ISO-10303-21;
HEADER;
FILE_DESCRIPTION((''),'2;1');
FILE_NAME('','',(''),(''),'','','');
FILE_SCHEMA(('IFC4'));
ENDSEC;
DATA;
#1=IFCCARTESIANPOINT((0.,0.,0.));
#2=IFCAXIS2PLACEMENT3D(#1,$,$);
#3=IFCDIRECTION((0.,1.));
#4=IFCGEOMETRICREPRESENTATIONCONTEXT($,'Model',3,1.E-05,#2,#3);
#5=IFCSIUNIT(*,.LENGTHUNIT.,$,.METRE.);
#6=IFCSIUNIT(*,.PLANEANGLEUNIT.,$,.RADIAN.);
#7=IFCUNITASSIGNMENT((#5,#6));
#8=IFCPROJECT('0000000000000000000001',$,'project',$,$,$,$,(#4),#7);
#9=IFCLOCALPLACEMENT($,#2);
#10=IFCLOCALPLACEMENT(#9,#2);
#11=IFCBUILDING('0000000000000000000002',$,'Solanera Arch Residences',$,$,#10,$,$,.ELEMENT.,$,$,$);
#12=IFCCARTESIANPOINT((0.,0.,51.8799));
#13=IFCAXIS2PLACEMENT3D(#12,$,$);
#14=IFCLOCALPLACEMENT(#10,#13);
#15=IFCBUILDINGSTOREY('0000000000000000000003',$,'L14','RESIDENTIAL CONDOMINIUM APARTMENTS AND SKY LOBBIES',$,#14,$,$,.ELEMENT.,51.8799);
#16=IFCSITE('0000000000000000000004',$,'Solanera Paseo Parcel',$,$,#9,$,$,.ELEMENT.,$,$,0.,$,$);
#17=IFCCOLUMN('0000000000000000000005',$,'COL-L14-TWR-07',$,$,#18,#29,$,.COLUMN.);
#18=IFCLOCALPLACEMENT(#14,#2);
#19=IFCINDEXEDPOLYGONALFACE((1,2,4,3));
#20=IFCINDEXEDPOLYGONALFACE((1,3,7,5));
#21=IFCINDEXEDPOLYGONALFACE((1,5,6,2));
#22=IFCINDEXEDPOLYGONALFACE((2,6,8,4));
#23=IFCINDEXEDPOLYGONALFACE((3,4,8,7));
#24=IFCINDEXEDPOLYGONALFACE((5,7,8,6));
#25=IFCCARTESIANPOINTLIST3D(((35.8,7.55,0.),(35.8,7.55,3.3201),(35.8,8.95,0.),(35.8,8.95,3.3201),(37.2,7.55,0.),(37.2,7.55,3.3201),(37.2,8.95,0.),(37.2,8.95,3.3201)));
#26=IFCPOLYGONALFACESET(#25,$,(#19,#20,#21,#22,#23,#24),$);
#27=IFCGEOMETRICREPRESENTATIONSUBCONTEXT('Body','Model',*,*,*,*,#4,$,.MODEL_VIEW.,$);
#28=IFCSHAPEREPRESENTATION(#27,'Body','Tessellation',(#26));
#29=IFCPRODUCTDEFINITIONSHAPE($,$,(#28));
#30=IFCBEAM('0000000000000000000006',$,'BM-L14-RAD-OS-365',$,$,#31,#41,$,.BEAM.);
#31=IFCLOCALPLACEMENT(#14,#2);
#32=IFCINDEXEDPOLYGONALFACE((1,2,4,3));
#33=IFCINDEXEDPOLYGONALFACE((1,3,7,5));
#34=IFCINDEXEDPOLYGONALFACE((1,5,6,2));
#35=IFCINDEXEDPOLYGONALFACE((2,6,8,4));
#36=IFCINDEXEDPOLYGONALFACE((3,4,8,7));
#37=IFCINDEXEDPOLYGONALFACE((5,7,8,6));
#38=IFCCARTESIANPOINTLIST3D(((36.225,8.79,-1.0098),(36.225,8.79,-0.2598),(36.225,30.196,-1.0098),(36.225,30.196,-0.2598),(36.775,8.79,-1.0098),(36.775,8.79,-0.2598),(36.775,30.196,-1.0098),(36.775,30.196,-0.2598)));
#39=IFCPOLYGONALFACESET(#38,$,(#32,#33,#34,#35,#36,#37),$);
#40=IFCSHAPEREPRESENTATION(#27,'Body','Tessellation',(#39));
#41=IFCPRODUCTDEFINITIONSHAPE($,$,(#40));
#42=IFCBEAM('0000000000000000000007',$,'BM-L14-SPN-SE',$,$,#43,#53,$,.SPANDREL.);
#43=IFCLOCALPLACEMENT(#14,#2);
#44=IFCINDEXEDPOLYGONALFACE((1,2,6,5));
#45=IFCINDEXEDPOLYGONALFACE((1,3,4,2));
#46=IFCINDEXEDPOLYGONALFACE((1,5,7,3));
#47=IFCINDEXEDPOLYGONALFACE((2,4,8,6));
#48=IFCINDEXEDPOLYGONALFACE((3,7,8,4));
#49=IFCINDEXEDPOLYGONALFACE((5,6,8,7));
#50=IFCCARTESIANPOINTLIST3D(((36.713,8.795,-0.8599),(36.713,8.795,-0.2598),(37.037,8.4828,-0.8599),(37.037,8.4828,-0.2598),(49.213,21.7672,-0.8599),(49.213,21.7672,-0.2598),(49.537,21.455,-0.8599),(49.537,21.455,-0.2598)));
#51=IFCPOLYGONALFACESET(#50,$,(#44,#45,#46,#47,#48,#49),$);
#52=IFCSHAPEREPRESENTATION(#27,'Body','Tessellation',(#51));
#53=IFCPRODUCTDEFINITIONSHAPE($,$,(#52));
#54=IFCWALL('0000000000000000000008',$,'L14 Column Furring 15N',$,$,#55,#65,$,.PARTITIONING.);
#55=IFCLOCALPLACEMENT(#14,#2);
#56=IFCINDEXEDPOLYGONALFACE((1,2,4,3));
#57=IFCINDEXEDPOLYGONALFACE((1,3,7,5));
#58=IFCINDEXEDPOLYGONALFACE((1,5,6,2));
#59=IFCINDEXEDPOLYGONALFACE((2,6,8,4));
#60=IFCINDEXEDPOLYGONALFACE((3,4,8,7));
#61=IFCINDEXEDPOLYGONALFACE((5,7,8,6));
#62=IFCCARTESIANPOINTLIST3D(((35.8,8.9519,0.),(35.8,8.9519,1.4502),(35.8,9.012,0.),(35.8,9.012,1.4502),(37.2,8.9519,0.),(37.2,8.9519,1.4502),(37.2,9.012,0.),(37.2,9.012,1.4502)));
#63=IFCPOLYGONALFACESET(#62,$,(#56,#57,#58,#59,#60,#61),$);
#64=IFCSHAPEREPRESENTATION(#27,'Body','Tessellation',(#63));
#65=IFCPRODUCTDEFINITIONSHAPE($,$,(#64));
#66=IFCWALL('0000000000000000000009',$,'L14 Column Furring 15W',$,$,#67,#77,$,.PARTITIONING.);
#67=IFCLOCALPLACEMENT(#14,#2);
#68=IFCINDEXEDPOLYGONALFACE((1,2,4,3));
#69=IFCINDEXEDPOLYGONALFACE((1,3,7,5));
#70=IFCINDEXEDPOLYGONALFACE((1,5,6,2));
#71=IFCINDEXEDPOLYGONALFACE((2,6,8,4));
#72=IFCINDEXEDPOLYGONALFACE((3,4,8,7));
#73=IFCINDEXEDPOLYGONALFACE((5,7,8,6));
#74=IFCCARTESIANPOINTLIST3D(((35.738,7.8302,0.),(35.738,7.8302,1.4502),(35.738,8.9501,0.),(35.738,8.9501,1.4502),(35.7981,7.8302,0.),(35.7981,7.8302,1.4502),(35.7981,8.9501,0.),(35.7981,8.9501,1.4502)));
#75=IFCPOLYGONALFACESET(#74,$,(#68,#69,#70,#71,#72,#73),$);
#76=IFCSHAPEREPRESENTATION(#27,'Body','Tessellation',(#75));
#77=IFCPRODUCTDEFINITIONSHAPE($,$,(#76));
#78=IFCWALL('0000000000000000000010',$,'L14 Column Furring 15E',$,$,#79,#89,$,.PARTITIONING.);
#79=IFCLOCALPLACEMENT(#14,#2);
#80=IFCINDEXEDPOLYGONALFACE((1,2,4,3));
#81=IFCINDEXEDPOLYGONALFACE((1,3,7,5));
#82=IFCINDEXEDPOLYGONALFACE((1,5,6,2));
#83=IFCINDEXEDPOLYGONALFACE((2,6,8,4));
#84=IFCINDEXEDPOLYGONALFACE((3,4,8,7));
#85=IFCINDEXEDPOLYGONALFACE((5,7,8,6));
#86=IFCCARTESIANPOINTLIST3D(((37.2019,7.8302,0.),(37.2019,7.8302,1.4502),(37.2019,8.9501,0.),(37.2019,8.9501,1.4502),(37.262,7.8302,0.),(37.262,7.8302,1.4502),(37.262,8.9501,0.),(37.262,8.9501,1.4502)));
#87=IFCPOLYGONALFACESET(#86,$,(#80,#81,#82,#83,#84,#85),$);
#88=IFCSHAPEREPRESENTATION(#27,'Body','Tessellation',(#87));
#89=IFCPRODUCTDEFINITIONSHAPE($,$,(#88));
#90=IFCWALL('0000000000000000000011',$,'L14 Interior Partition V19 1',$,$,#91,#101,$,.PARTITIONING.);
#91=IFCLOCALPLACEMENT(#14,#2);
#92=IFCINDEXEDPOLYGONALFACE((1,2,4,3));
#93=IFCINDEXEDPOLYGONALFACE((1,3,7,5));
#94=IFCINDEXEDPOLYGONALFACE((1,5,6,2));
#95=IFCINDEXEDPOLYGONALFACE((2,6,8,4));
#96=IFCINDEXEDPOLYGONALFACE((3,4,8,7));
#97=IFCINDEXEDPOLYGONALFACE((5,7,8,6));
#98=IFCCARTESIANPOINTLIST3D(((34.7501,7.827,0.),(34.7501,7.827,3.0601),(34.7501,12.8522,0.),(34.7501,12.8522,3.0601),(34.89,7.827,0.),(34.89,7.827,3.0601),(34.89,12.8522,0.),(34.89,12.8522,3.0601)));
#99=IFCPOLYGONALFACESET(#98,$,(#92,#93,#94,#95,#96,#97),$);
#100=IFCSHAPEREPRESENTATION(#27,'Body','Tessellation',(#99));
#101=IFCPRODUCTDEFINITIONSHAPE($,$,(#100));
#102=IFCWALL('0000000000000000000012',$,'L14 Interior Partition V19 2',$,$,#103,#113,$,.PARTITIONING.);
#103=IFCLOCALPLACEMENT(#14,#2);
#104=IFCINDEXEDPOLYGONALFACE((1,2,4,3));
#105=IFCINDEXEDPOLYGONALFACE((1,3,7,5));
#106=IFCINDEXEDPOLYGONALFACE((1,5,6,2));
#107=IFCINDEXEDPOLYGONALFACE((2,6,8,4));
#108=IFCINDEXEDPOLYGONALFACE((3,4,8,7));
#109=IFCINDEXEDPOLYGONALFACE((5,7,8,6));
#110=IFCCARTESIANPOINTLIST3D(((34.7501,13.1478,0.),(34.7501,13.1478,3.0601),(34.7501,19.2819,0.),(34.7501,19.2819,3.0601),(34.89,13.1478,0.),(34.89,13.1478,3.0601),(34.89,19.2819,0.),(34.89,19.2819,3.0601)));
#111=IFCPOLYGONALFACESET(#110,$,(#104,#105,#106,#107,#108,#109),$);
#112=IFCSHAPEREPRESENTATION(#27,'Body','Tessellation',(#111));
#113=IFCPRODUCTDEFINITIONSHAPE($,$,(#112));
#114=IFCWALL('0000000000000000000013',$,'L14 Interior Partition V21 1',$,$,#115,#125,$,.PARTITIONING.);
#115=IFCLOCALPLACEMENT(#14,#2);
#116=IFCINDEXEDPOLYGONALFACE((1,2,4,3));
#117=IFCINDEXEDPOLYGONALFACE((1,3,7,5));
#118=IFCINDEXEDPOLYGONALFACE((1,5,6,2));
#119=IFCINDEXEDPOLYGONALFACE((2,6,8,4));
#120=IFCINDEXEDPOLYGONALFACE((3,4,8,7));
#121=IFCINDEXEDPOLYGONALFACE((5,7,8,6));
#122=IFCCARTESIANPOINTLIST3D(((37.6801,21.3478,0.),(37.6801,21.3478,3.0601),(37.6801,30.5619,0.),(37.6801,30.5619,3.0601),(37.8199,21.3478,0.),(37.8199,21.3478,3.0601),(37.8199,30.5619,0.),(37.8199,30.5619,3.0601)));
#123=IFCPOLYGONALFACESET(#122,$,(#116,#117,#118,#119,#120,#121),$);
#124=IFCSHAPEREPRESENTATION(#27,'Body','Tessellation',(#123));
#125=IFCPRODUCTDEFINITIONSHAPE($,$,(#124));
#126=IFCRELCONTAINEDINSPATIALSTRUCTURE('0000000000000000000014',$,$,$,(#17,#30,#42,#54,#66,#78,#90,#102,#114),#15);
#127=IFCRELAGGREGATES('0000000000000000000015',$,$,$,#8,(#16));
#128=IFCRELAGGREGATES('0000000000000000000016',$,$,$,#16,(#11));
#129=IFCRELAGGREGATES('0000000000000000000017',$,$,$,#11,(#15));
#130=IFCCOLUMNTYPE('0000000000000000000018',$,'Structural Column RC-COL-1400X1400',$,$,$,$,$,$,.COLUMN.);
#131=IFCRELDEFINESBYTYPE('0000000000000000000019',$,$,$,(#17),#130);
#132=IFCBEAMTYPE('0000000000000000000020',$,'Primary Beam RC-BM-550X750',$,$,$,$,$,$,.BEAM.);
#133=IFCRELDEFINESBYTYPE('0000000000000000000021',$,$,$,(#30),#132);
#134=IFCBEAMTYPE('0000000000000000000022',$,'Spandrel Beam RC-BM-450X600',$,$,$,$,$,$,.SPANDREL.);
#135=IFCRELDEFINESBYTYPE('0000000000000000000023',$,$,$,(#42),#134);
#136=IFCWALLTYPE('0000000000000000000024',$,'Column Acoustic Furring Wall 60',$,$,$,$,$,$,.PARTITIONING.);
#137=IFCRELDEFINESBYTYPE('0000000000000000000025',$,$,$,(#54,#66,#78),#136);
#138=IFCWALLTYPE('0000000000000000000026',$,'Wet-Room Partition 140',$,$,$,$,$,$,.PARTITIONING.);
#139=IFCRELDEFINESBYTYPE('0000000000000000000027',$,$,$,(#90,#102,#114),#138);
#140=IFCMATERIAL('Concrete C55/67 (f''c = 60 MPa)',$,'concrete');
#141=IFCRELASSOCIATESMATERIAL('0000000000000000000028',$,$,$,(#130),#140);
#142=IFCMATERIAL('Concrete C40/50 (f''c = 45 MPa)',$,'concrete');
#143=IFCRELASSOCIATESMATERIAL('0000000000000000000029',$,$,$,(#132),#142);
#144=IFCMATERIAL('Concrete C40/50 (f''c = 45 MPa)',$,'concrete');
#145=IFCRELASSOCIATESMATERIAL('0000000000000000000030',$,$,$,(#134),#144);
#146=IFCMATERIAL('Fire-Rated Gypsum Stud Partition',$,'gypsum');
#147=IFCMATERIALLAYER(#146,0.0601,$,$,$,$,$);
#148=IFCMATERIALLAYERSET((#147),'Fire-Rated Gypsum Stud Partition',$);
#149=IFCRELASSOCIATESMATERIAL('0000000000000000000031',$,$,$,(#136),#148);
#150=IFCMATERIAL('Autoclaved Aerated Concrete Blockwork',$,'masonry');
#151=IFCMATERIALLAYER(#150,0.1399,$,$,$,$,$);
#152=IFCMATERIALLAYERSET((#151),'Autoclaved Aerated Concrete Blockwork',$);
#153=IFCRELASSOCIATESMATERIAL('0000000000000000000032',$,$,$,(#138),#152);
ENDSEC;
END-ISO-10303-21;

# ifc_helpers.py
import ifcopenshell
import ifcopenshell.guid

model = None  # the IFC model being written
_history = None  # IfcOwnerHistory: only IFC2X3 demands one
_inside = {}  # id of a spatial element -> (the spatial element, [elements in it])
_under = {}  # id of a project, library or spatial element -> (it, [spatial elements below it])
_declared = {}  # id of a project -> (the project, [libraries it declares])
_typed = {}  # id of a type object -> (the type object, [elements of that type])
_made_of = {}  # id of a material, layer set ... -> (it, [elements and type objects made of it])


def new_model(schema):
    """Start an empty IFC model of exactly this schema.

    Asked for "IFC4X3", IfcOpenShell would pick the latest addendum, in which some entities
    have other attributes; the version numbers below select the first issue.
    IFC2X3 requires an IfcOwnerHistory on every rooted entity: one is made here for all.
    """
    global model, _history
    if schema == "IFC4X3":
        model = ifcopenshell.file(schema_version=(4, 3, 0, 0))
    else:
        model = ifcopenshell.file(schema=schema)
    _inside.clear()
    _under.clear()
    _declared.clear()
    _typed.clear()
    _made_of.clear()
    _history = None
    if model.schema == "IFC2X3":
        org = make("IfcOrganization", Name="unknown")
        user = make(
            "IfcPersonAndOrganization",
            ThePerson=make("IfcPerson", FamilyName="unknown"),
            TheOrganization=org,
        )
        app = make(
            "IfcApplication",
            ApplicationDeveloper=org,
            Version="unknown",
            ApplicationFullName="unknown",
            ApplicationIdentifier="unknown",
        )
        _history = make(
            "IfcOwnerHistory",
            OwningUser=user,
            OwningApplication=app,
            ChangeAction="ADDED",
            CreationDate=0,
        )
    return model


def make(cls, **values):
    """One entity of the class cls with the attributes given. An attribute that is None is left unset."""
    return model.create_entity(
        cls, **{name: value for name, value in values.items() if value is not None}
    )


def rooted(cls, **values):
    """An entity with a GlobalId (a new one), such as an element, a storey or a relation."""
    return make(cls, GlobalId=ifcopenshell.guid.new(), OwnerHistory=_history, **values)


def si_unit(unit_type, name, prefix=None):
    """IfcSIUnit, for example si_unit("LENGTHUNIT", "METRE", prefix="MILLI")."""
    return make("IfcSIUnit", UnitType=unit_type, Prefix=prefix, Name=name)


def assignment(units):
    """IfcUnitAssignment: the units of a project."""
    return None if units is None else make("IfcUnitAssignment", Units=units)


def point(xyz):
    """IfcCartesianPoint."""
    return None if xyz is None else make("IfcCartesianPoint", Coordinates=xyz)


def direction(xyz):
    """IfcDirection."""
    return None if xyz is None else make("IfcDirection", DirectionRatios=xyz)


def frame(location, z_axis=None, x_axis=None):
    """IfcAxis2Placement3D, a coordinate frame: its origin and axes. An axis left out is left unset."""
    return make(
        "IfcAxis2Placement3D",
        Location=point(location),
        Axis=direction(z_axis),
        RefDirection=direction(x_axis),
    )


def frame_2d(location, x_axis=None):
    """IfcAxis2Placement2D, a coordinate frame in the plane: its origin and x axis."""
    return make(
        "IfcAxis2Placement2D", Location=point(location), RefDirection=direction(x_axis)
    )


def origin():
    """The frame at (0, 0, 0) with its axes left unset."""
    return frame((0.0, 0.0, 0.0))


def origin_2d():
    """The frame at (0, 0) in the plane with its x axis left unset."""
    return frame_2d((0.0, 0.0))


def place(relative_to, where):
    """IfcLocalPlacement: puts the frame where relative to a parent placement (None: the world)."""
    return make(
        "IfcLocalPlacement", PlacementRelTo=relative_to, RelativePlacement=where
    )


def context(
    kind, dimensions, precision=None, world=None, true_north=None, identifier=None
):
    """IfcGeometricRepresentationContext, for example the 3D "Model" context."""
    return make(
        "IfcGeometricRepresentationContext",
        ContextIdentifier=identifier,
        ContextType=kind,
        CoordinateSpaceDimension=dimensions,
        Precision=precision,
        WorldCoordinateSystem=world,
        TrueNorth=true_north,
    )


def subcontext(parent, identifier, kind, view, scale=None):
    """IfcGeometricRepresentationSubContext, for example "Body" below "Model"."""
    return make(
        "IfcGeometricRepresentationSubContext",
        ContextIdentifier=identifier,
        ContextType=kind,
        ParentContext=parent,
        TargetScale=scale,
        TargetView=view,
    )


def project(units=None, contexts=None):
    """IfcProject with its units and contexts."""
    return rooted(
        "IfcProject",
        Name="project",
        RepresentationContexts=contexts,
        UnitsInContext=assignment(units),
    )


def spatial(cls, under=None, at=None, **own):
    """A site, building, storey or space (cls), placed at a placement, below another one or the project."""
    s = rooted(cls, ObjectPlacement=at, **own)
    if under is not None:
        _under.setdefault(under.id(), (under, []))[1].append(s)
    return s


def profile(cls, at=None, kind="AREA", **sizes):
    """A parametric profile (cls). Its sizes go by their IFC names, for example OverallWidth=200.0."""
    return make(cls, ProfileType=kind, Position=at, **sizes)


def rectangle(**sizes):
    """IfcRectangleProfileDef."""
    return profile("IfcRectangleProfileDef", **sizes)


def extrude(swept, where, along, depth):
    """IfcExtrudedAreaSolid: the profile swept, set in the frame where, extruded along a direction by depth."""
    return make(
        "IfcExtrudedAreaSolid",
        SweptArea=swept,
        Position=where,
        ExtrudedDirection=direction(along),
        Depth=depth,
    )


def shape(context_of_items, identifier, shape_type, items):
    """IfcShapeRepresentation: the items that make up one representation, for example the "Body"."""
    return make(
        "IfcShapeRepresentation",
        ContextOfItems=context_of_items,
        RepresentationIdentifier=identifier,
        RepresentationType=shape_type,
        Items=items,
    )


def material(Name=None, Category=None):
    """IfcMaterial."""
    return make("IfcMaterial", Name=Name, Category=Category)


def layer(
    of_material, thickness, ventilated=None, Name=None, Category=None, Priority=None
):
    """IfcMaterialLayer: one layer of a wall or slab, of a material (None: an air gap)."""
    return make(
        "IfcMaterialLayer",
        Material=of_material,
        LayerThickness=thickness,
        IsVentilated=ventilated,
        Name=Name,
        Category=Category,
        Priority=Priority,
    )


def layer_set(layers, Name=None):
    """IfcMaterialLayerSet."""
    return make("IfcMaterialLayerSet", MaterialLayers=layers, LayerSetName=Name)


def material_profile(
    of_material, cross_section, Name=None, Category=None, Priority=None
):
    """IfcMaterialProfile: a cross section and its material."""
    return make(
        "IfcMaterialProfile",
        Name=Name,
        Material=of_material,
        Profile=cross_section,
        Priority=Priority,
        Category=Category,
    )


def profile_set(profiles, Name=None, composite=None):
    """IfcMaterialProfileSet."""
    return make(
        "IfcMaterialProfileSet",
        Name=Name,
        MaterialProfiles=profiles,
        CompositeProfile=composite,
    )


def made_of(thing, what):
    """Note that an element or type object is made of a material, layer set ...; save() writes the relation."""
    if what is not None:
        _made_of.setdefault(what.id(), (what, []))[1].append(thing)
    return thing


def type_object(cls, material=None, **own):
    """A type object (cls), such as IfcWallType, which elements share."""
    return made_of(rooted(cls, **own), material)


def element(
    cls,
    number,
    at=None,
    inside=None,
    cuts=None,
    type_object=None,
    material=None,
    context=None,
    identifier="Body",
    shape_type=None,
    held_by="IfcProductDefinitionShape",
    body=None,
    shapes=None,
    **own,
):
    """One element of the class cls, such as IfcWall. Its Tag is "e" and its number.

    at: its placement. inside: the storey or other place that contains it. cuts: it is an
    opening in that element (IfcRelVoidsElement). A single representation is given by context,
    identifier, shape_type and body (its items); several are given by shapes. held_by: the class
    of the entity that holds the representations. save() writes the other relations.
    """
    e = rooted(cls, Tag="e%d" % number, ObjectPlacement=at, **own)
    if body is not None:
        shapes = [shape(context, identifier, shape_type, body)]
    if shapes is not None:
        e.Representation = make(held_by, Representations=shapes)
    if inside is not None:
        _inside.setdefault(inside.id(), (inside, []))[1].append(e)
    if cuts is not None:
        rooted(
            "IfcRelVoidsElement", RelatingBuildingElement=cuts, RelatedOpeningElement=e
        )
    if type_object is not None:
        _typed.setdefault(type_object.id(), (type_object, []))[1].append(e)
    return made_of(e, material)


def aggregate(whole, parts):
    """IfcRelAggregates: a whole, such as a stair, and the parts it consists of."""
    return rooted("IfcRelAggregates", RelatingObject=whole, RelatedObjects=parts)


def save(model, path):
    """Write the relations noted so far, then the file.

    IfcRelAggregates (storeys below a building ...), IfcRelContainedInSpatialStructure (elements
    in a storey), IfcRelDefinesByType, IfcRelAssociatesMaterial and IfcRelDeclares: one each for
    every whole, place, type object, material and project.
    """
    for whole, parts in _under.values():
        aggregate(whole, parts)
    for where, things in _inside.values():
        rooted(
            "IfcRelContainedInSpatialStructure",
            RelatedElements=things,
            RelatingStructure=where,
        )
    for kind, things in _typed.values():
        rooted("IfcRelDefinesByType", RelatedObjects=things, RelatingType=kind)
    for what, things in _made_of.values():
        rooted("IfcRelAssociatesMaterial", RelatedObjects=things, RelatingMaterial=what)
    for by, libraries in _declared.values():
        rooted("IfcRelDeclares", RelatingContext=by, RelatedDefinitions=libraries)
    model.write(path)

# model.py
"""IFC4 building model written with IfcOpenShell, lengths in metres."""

from ifc_helpers import new_model, si_unit, direction, frame, frame_2d, origin, origin_2d, place, context, subcontext, project, spatial, rectangle, extrude, material, layer, layer_set, material_profile, profile_set, type_object, element, save


model = new_model("IFC4")

# Units and contexts
model_context = context("Model", 3, precision=1e-05, world=origin(), true_north=direction((0.0, 1.0)))
body_context = subcontext(model_context, "Body", "Model", "MODEL_VIEW")
ifc_project = project(units=[si_unit("LENGTHUNIT", "METRE"), si_unit("PLANEANGLEUNIT", "RADIAN")], contexts=[model_context])

# Site, building, storey
site_placement = place(None, origin())
site = spatial("IfcSite", under=ifc_project, at=site_placement, Name="Solanera Paseo Parcel", CompositionType="ELEMENT", RefElevation=0.0)
building_placement = place(site_placement, origin())
building = spatial("IfcBuilding", under=site, at=building_placement, Name="Solanera Arch Residences", CompositionType="ELEMENT")
storey_placement = place(building_placement, frame((0.0, 0.0, 51.8799)))
storey = spatial("IfcBuildingStorey", under=building, at=storey_placement, Name="L14", Description="RESIDENTIAL CONDOMINIUM APARTMENTS AND SKY LOBBIES", CompositionType="ELEMENT", Elevation=51.8799)

# Column
ifc_material_1 = material(Name="Concrete C55/67 (f'c = 60 MPa)", Category="concrete")
ifc_material_profile_1 = material_profile(ifc_material_1, rectangle(XDim=1.3999, YDim=1.3999, at=origin_2d()))
ifc_profile_set_1 = profile_set([ifc_material_profile_1], Name="Concrete C55/67 (f'c = 60 MPa)")
column_type = type_object("IfcColumnType", Name="Structural Column RC-COL-1400X1400", PredefinedType="COLUMN", material=ifc_profile_set_1)
column_placement = place(storey_placement, frame((36.5, 8.25, 0.0), z_axis=(0.0, 0.0, 1.0), x_axis=(1.0, 0.0, 0.0)))
element("IfcColumn", 1, at=column_placement, inside=storey, type_object=column_type, Name="COL-L14-TWR-07", PredefinedType="COLUMN", context=body_context, shape_type="SweptSolid", body=[
    extrude(rectangle(XDim=1.3999, YDim=1.3999, at=origin_2d()), origin(), (0.0, 0.0, 1.0), 3.3201),
])

# Beams
ifc_material_2 = material(Name="Concrete C40/50 (f'c = 45 MPa)", Category="concrete")
ifc_material_profile_2 = material_profile(ifc_material_2, rectangle(XDim=0.55, YDim=0.75, at=origin_2d()))
ifc_profile_set_2 = profile_set([ifc_material_profile_2], Name="Concrete C40/50 (f'c = 45 MPa)")
beam_type_1 = type_object("IfcBeamType", Name="Primary Beam RC-BM-550X750", PredefinedType="BEAM", material=ifc_profile_set_2)
beam_1_placement = place(storey_placement, frame((36.5, 8.79, -0.6348), z_axis=(0.0, 1.0, 0.0), x_axis=(-1.0, 0.0, 0.0)))
element("IfcBeam", 2, at=beam_1_placement, inside=storey, type_object=beam_type_1, Name="BM-L14-RAD-OS-365", PredefinedType="BEAM", context=body_context, shape_type="SweptSolid", body=[
    extrude(rectangle(XDim=0.55, YDim=0.75, at=origin_2d()), origin(), (0.0, 0.0, 1.0), 21.406),
])
ifc_material_3 = material(Name="Concrete C40/50 (f'c = 45 MPa)", Category="concrete")
ifc_material_profile_3 = material_profile(ifc_material_3, rectangle(XDim=0.45, YDim=0.6001, at=origin_2d()))
ifc_profile_set_3 = profile_set([ifc_material_profile_3], Name="Concrete C40/50 (f'c = 45 MPa)")
beam_type_2 = type_object("IfcBeamType", Name="Spandrel Beam RC-BM-450X600", PredefinedType="SPANDREL", material=ifc_profile_set_3)
beam_2_placement = place(storey_placement, frame((36.875, 8.6389, -0.5598), z_axis=(0.69388, 0.72009, 0.0), x_axis=(-0.72009, 0.69388, 0.0)))
element("IfcBeam", 3, at=beam_2_placement, inside=storey, type_object=beam_type_2, Name="BM-L14-SPN-SE", PredefinedType="SPANDREL", context=body_context, shape_type="SweptSolid", body=[
    extrude(rectangle(XDim=0.45, YDim=0.6001, at=origin_2d()), origin(), (0.0, 0.0, 1.0), 18.0146),
])

# Walls
ifc_material_4 = material(Name="Fire-Rated Gypsum Stud Partition", Category="gypsum")
ifc_layer_1 = layer(ifc_material_4, 0.0601)
ifc_layer_set_1 = layer_set([ifc_layer_1], Name="Fire-Rated Gypsum Stud Partition")
wall_type_1 = type_object("IfcWallType", Name="Column Acoustic Furring Wall 60", PredefinedType="PARTITIONING", material=ifc_layer_set_1)
wall_1_placement = place(storey_placement, frame((35.8, 8.9819, 0.0), z_axis=(0.0, 0.0, 1.0), x_axis=(1.0, 0.0, 0.0)))
element("IfcWall", 4, at=wall_1_placement, inside=storey, type_object=wall_type_1, Name="L14 Column Furring 15N", PredefinedType="PARTITIONING", context=body_context, shape_type="SweptSolid", body=[
    extrude(rectangle(XDim=1.3999, YDim=0.0601, at=frame_2d((0.7, 0.0))), origin(), (0.0, 0.0, 1.0), 1.4502),
])
for number, where, z_axis, x_axis, name in (
    (5, (35.7681, 7.8301, 0.0), (0.0, 0.0, 1.0), (0.0, 1.0, 0.0), "L14 Column Furring 15W"),
    (6, (37.2319, 7.8301, 0.0), (0.0, 0.0, 1.0), (0.0, 1.0, 0.0), "L14 Column Furring 15E"),
):
    element("IfcWall", number, at=place(storey_placement, frame(where, z_axis=z_axis, x_axis=x_axis)), inside=storey, type_object=wall_type_1, Name=name, PredefinedType="PARTITIONING", context=body_context, shape_type="SweptSolid", body=[
        extrude(rectangle(XDim=1.1199, YDim=0.0601, at=frame_2d((0.5601, 0.0))), origin(), (0.0, 0.0, 1.0), 1.4502),
    ])
ifc_material_5 = material(Name="Autoclaved Aerated Concrete Blockwork", Category="masonry")
ifc_layer_2 = layer(ifc_material_5, 0.1399)
ifc_layer_set_2 = layer_set([ifc_layer_2], Name="Autoclaved Aerated Concrete Blockwork")
wall_type_2 = type_object("IfcWallType", Name="Wet-Room Partition 140", PredefinedType="PARTITIONING", material=ifc_layer_set_2)
wall_2_placement = place(storey_placement, frame((34.8201, 7.8269, 0.0), z_axis=(0.0, 0.0, 1.0), x_axis=(0.0, 1.0, 0.0)))
element("IfcWall", 7, at=wall_2_placement, inside=storey, type_object=wall_type_2, Name="L14 Interior Partition V19 1", PredefinedType="PARTITIONING", context=body_context, shape_type="SweptSolid", body=[
    extrude(rectangle(XDim=5.0251, YDim=0.1399, at=frame_2d((2.5127, 0.0))), origin(), (0.0, 0.0, 1.0), 3.0601),
])
wall_3_placement = place(storey_placement, frame((34.8201, 13.1479, 0.0), z_axis=(0.0, 0.0, 1.0), x_axis=(0.0, 1.0, 0.0)))
element("IfcWall", 8, at=wall_3_placement, inside=storey, type_object=wall_type_2, Name="L14 Interior Partition V19 2", PredefinedType="PARTITIONING", context=body_context, shape_type="SweptSolid", body=[
    extrude(rectangle(XDim=6.134, YDim=0.1399, at=frame_2d((3.0669, 0.0))), origin(), (0.0, 0.0, 1.0), 3.0601),
])
wall_4_placement = place(storey_placement, frame((37.75, 21.3479, 0.0), z_axis=(0.0, 0.0, 1.0), x_axis=(0.0, 1.0, 0.0)))
element("IfcWall", 9, at=wall_4_placement, inside=storey, type_object=wall_type_2, Name="L14 Interior Partition V21 1", PredefinedType="PARTITIONING", context=body_context, shape_type="SweptSolid", body=[
    extrude(rectangle(XDim=9.2141, YDim=0.1399, at=frame_2d((4.6069, 0.0))), origin(), (0.0, 0.0, 1.0), 3.0601),
])

save(model, "model.ifc")
